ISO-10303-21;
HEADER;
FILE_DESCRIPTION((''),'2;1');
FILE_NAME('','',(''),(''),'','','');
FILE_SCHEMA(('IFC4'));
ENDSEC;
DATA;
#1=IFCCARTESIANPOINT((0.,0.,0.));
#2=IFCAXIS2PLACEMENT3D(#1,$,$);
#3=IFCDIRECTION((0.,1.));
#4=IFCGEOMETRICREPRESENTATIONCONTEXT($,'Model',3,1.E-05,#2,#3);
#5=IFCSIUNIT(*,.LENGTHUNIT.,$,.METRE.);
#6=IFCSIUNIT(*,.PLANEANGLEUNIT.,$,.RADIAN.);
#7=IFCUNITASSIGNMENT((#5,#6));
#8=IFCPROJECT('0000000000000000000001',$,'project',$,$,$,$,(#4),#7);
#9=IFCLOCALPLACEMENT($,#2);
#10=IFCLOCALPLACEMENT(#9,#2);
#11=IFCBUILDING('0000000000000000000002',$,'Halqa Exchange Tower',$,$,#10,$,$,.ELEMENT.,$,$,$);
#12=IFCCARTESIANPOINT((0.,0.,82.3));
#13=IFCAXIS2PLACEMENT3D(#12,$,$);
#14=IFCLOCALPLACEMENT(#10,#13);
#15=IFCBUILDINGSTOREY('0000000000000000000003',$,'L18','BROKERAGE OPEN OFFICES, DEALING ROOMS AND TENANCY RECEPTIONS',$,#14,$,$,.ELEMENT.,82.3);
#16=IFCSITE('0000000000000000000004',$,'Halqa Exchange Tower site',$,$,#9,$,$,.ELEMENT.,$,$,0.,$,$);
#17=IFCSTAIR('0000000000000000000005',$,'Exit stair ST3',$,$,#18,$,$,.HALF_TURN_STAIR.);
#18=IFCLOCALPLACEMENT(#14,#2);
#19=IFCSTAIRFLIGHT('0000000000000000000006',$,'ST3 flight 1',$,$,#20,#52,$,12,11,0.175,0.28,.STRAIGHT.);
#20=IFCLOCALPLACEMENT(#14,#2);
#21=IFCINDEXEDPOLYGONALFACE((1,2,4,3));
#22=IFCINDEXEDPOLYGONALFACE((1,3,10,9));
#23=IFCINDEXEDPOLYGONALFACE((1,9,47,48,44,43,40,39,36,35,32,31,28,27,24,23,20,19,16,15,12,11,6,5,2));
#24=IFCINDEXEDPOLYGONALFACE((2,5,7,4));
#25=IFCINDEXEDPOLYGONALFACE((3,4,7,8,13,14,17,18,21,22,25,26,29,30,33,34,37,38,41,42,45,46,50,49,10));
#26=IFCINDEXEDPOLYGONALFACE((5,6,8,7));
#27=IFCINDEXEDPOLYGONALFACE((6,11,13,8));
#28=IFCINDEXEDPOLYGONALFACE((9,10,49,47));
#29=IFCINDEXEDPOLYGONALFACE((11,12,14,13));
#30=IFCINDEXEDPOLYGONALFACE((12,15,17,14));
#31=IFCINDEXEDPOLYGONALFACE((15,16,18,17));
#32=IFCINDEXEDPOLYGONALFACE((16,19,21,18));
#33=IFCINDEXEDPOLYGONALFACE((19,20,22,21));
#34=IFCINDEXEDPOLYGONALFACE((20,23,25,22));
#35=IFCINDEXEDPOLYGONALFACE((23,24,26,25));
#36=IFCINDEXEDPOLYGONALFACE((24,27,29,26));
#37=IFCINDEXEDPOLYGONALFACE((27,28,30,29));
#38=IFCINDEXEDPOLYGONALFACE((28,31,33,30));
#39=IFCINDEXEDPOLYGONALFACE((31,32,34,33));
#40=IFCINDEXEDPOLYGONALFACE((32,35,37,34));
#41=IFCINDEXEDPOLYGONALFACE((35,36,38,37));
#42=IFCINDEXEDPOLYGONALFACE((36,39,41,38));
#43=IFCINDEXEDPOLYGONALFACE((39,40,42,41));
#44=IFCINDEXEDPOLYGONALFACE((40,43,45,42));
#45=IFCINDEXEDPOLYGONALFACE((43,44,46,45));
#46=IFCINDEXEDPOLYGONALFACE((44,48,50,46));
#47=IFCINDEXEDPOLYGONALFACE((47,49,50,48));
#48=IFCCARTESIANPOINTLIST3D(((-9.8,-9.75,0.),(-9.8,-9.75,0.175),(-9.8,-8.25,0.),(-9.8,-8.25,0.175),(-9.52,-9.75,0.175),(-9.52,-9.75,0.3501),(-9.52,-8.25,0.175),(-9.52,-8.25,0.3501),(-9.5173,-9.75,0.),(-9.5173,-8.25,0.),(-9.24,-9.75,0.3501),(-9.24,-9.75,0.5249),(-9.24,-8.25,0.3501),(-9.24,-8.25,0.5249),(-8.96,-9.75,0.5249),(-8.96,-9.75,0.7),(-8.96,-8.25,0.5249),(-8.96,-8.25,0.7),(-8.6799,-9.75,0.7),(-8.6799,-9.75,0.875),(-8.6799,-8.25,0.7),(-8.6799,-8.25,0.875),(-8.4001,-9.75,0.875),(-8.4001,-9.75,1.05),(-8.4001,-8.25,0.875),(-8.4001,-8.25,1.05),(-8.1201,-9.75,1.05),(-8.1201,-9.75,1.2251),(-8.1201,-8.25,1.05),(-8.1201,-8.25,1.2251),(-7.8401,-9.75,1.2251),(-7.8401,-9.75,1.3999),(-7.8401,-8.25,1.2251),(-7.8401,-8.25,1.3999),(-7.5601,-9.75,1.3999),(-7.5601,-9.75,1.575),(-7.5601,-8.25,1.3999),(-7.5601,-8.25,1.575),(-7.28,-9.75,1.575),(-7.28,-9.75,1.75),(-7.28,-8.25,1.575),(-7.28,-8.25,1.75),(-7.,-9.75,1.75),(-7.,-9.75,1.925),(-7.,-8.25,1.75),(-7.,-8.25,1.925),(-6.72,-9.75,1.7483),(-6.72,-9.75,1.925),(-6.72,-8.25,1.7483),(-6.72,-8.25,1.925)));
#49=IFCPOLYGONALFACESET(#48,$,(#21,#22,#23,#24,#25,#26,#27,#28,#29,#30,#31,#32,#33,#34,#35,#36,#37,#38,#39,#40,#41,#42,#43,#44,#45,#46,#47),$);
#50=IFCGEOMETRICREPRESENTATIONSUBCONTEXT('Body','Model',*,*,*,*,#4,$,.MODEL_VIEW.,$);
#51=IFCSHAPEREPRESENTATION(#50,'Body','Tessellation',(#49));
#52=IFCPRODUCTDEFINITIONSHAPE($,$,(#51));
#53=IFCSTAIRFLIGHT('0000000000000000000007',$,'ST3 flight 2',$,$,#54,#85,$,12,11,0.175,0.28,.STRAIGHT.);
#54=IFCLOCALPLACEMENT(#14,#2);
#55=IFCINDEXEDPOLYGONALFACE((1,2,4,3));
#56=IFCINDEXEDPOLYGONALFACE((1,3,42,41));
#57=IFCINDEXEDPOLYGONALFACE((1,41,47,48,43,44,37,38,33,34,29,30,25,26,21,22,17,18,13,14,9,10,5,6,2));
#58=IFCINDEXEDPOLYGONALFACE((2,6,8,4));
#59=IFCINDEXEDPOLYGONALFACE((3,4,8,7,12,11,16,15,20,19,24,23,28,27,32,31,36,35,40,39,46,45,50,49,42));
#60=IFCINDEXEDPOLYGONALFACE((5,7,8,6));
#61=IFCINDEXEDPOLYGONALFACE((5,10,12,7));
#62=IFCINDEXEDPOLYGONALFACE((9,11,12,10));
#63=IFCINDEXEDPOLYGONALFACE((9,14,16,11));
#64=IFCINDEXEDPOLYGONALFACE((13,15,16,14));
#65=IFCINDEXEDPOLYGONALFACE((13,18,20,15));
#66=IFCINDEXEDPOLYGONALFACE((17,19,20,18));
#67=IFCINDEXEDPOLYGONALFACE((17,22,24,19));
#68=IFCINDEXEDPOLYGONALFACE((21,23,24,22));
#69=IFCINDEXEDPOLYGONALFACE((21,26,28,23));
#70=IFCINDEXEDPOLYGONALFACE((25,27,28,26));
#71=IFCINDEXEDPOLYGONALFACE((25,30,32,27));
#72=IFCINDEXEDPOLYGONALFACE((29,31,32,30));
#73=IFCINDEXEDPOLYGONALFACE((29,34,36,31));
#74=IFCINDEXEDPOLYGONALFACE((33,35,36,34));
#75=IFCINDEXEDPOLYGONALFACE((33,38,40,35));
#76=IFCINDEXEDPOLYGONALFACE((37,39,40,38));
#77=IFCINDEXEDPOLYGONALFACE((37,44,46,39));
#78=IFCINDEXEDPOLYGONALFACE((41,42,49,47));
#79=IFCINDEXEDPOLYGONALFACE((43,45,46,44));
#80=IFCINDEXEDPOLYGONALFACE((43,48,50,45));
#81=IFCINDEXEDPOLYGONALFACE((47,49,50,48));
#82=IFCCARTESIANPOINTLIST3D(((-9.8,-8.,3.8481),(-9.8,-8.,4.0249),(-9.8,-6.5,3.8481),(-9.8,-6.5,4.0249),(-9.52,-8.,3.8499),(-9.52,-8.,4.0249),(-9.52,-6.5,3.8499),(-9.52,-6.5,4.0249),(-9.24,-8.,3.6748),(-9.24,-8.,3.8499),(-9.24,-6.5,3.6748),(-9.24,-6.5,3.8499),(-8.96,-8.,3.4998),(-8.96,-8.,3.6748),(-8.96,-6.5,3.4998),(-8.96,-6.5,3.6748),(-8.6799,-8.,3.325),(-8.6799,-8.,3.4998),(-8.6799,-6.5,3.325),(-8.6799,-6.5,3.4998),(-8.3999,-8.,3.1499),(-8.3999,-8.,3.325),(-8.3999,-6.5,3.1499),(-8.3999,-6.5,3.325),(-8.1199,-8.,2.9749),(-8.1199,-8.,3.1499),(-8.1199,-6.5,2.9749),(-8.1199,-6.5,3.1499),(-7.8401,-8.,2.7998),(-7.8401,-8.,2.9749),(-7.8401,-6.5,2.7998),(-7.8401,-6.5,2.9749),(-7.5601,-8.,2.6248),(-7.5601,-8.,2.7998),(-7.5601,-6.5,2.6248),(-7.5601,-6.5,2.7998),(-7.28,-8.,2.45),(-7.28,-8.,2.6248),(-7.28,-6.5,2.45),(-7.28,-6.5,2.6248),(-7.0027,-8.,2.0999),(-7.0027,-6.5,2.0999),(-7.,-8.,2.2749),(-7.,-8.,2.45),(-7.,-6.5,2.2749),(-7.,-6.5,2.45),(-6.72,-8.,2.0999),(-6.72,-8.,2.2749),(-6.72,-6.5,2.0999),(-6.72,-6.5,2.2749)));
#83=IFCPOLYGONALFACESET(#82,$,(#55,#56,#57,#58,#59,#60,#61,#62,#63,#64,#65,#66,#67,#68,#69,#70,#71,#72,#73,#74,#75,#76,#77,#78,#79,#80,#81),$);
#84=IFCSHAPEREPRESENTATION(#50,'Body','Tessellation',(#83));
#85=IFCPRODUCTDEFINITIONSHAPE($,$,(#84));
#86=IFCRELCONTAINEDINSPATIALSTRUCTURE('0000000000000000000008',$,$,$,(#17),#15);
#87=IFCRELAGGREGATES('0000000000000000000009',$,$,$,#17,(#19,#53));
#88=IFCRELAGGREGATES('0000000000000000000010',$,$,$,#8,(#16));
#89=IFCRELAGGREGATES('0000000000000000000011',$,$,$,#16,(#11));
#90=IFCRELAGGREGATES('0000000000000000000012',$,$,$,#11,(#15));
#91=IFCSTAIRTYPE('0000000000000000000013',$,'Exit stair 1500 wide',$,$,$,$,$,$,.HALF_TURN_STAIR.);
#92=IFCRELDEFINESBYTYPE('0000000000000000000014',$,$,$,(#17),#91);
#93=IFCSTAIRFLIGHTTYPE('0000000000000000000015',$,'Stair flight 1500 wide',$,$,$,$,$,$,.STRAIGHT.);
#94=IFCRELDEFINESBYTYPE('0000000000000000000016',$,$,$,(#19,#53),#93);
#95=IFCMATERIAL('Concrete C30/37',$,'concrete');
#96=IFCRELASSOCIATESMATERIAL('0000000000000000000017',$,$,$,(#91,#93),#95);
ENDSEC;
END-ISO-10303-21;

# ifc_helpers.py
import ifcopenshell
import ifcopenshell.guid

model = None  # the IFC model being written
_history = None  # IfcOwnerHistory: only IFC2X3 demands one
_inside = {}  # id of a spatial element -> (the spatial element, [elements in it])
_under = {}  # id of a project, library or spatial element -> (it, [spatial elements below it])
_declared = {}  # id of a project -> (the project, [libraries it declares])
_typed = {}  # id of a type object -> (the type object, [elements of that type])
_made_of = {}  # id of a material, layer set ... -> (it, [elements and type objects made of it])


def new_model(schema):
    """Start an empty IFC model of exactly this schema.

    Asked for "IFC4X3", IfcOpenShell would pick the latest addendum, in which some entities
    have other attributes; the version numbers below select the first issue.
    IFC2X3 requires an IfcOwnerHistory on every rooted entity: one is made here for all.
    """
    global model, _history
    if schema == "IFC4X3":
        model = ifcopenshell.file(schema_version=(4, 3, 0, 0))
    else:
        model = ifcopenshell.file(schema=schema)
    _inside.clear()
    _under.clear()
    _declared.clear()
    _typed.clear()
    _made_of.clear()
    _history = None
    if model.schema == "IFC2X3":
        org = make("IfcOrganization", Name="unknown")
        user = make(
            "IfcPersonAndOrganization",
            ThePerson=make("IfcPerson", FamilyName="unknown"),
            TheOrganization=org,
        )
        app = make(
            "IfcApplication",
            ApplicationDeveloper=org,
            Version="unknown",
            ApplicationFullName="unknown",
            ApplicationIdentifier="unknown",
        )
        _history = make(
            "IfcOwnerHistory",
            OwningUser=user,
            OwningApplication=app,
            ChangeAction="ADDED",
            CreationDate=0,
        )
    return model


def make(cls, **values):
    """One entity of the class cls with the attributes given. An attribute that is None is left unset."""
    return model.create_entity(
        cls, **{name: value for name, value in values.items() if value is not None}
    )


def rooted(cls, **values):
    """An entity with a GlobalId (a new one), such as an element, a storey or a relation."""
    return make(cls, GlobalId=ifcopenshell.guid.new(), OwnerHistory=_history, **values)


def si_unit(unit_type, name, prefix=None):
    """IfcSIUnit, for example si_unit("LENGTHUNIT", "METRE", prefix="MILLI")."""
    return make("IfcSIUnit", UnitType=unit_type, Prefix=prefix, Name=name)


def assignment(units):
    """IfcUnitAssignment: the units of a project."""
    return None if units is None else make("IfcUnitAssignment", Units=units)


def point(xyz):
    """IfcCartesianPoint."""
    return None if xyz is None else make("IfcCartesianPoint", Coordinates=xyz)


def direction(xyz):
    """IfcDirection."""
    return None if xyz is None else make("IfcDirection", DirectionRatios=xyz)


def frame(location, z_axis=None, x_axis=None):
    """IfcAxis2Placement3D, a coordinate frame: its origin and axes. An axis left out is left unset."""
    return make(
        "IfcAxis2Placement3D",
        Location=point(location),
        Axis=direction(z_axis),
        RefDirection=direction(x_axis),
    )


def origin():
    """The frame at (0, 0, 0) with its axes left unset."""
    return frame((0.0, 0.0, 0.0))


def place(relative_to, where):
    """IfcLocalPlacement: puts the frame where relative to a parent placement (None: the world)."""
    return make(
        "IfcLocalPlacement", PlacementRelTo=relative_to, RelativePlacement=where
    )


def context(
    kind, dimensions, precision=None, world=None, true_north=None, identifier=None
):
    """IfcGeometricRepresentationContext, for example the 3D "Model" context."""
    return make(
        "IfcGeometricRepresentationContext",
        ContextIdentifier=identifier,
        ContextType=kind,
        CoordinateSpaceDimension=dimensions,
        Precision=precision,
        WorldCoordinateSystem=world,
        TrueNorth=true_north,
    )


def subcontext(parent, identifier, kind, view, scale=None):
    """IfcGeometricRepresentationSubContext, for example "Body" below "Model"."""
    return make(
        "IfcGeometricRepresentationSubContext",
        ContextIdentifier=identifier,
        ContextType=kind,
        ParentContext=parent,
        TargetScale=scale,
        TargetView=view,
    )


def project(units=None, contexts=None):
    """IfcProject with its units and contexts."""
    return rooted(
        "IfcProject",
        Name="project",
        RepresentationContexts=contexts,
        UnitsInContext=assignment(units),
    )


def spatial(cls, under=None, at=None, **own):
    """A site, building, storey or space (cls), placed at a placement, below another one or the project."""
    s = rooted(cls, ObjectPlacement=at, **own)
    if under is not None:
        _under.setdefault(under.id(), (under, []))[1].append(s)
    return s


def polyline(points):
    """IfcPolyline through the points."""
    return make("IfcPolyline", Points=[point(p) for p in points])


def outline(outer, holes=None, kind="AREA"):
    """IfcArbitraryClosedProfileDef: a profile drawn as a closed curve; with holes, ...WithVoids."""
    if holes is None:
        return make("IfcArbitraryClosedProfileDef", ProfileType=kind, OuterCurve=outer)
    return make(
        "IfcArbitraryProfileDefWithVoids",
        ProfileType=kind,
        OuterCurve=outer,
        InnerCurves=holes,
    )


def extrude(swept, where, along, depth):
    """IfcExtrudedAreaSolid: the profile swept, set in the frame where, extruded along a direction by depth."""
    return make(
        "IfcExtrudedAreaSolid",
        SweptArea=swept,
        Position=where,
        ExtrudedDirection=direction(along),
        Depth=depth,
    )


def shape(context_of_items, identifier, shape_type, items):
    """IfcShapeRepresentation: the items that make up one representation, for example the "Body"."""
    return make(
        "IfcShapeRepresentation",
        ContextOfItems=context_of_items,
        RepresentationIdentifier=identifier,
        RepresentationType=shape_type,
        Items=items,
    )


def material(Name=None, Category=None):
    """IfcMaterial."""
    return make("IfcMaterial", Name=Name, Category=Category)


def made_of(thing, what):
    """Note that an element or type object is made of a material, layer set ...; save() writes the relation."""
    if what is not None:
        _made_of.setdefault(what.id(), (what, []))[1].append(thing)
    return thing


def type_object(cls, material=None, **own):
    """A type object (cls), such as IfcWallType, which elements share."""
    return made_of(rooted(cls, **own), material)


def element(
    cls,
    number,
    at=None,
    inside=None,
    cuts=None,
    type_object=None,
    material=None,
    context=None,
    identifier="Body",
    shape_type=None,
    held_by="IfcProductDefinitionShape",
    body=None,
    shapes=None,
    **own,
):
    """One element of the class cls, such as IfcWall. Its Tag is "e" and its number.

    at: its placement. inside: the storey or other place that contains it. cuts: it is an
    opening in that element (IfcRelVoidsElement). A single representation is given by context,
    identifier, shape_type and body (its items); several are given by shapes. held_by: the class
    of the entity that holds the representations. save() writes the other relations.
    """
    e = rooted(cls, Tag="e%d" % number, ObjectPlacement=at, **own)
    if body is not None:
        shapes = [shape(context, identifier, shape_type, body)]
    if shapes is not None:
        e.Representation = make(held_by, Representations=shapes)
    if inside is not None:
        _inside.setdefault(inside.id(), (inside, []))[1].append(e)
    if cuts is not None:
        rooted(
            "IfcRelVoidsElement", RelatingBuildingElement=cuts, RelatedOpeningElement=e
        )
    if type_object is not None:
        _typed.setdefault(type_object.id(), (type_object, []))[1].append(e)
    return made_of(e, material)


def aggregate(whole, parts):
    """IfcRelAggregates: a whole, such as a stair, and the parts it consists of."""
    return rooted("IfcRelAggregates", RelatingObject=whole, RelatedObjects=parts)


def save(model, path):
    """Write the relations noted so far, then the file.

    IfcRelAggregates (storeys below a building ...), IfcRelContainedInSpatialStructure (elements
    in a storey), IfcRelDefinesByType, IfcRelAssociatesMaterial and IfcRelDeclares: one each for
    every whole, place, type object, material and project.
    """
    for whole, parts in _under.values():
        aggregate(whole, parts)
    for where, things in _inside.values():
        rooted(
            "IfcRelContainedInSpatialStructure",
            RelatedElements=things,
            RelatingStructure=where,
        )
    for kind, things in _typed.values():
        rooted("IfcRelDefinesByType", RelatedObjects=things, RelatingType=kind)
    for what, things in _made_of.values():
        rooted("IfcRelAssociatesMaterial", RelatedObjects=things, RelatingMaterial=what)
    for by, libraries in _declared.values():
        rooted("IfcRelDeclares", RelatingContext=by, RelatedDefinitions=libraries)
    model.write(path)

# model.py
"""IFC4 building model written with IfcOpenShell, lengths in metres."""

from ifc_helpers import new_model, si_unit, direction, frame, origin, place, context, subcontext, project, spatial, polyline, outline, extrude, material, type_object, element, aggregate, save


model = new_model("IFC4")

# Units and contexts
model_context = context("Model", 3, precision=1e-05, world=origin(), true_north=direction((0.0, 1.0)))
body_context = subcontext(model_context, "Body", "Model", "MODEL_VIEW")
ifc_project = project(units=[si_unit("LENGTHUNIT", "METRE"), si_unit("PLANEANGLEUNIT", "RADIAN")], contexts=[model_context])

# Site, building, storey
site_placement = place(None, origin())
site = spatial("IfcSite", under=ifc_project, at=site_placement, Name="Halqa Exchange Tower site", CompositionType="ELEMENT", RefElevation=0.0)
building_placement = place(site_placement, origin())
building = spatial("IfcBuilding", under=site, at=building_placement, Name="Halqa Exchange Tower", CompositionType="ELEMENT")
storey_placement = place(building_placement, frame((0.0, 0.0, 82.3)))
storey = spatial("IfcBuildingStorey", under=building, at=storey_placement, Name="L18", Description="BROKERAGE OPEN OFFICES, DEALING ROOMS AND TENANCY RECEPTIONS", CompositionType="ELEMENT", Elevation=82.3)

# Shared definitions
ifc_material_1 = material(Name="Concrete C30/37", Category="concrete")

# Stair, stair flights
stair_type = type_object("IfcStairType", Name="Exit stair 1500 wide", PredefinedType="HALF_TURN_STAIR", material=ifc_material_1)
stair_placement = place(storey_placement, origin())
stair = element("IfcStair", 1, at=stair_placement, inside=storey, type_object=stair_type, Name="Exit stair ST3", PredefinedType="HALF_TURN_STAIR")
stair_flight_type = type_object("IfcStairFlightType", Name="Stair flight 1500 wide", PredefinedType="STRAIGHT", material=ifc_material_1)
stair_flight_1_placement = place(storey_placement, frame((-9.8, -9.0, 0.0), z_axis=(0.0, 0.0, 1.0), x_axis=(1.0, 0.0, 0.0)))
stair_flight_1 = element("IfcStairFlight", 2, at=stair_flight_1_placement, type_object=stair_flight_type, Name="ST3 flight 1", NumberOfRisers=12, NumberOfTreads=11, PredefinedType="STRAIGHT", RiserHeight=0.175, TreadLength=0.28, context=body_context, shape_type="SweptSolid", body=[
    extrude(outline(polyline([(0.0, 0.0), (0.0, 0.175), (0.28, 0.175), (0.28, 0.3501), (0.5601, 0.3501), (0.5601, 0.5249), (0.8401, 0.5249), (0.8401, 0.7), (1.1201, 0.7), (1.1201, 0.875), (1.3999, 0.875), (1.3999, 1.05), (1.6799, 1.05), (1.6799, 1.2251), (1.96, 1.2251), (1.96, 1.3999), (2.24, 1.3999), (2.24, 1.575), (2.52, 1.575), (2.52, 1.75), (2.8, 1.75), (2.8, 1.925), (3.0801, 1.925), (3.0801, 2.1001), (3.0801, 1.7483), (0.2827, 0.0), (0.0, 0.0)])), frame((0.0, 0.75, 0.0), z_axis=(0.0, -1.0, 0.0), x_axis=(1.0, 0.0, 0.0)), (0.0, 0.0, 1.0), 1.5),
])
stair_flight_2_placement = place(storey_placement, frame((-6.72, -7.25, 2.0999), z_axis=(0.0, 0.0, 1.0), x_axis=(-1.0, 0.0, 0.0)))
stair_flight_2 = element("IfcStairFlight", 3, at=stair_flight_2_placement, type_object=stair_flight_type, Name="ST3 flight 2", NumberOfRisers=12, NumberOfTreads=11, PredefinedType="STRAIGHT", RiserHeight=0.175, TreadLength=0.28, context=body_context, shape_type="SweptSolid", body=[
    extrude(outline(polyline([(0.0, 0.0), (0.0, 0.175), (0.28, 0.175), (0.28, 0.3501), (0.5601, 0.3501), (0.5601, 0.5249), (0.8401, 0.5249), (0.8401, 0.7), (1.1201, 0.7), (1.1201, 0.875), (1.3999, 0.875), (1.3999, 1.05), (1.6799, 1.05), (1.6799, 1.2251), (1.96, 1.2251), (1.96, 1.3999), (2.24, 1.3999), (2.24, 1.575), (2.52, 1.575), (2.52, 1.75), (2.8, 1.75), (2.8, 1.925), (3.0801, 1.925), (3.0801, 2.1001), (3.0801, 1.7483), (0.2827, 0.0), (0.0, 0.0)])), frame((0.0, 0.75, 0.0), z_axis=(0.0, -1.0, 0.0), x_axis=(1.0, 0.0, 0.0)), (0.0, 0.0, 1.0), 1.5),
])
aggregate(stair, [stair_flight_1, stair_flight_2])

save(model, "model.ifc")
